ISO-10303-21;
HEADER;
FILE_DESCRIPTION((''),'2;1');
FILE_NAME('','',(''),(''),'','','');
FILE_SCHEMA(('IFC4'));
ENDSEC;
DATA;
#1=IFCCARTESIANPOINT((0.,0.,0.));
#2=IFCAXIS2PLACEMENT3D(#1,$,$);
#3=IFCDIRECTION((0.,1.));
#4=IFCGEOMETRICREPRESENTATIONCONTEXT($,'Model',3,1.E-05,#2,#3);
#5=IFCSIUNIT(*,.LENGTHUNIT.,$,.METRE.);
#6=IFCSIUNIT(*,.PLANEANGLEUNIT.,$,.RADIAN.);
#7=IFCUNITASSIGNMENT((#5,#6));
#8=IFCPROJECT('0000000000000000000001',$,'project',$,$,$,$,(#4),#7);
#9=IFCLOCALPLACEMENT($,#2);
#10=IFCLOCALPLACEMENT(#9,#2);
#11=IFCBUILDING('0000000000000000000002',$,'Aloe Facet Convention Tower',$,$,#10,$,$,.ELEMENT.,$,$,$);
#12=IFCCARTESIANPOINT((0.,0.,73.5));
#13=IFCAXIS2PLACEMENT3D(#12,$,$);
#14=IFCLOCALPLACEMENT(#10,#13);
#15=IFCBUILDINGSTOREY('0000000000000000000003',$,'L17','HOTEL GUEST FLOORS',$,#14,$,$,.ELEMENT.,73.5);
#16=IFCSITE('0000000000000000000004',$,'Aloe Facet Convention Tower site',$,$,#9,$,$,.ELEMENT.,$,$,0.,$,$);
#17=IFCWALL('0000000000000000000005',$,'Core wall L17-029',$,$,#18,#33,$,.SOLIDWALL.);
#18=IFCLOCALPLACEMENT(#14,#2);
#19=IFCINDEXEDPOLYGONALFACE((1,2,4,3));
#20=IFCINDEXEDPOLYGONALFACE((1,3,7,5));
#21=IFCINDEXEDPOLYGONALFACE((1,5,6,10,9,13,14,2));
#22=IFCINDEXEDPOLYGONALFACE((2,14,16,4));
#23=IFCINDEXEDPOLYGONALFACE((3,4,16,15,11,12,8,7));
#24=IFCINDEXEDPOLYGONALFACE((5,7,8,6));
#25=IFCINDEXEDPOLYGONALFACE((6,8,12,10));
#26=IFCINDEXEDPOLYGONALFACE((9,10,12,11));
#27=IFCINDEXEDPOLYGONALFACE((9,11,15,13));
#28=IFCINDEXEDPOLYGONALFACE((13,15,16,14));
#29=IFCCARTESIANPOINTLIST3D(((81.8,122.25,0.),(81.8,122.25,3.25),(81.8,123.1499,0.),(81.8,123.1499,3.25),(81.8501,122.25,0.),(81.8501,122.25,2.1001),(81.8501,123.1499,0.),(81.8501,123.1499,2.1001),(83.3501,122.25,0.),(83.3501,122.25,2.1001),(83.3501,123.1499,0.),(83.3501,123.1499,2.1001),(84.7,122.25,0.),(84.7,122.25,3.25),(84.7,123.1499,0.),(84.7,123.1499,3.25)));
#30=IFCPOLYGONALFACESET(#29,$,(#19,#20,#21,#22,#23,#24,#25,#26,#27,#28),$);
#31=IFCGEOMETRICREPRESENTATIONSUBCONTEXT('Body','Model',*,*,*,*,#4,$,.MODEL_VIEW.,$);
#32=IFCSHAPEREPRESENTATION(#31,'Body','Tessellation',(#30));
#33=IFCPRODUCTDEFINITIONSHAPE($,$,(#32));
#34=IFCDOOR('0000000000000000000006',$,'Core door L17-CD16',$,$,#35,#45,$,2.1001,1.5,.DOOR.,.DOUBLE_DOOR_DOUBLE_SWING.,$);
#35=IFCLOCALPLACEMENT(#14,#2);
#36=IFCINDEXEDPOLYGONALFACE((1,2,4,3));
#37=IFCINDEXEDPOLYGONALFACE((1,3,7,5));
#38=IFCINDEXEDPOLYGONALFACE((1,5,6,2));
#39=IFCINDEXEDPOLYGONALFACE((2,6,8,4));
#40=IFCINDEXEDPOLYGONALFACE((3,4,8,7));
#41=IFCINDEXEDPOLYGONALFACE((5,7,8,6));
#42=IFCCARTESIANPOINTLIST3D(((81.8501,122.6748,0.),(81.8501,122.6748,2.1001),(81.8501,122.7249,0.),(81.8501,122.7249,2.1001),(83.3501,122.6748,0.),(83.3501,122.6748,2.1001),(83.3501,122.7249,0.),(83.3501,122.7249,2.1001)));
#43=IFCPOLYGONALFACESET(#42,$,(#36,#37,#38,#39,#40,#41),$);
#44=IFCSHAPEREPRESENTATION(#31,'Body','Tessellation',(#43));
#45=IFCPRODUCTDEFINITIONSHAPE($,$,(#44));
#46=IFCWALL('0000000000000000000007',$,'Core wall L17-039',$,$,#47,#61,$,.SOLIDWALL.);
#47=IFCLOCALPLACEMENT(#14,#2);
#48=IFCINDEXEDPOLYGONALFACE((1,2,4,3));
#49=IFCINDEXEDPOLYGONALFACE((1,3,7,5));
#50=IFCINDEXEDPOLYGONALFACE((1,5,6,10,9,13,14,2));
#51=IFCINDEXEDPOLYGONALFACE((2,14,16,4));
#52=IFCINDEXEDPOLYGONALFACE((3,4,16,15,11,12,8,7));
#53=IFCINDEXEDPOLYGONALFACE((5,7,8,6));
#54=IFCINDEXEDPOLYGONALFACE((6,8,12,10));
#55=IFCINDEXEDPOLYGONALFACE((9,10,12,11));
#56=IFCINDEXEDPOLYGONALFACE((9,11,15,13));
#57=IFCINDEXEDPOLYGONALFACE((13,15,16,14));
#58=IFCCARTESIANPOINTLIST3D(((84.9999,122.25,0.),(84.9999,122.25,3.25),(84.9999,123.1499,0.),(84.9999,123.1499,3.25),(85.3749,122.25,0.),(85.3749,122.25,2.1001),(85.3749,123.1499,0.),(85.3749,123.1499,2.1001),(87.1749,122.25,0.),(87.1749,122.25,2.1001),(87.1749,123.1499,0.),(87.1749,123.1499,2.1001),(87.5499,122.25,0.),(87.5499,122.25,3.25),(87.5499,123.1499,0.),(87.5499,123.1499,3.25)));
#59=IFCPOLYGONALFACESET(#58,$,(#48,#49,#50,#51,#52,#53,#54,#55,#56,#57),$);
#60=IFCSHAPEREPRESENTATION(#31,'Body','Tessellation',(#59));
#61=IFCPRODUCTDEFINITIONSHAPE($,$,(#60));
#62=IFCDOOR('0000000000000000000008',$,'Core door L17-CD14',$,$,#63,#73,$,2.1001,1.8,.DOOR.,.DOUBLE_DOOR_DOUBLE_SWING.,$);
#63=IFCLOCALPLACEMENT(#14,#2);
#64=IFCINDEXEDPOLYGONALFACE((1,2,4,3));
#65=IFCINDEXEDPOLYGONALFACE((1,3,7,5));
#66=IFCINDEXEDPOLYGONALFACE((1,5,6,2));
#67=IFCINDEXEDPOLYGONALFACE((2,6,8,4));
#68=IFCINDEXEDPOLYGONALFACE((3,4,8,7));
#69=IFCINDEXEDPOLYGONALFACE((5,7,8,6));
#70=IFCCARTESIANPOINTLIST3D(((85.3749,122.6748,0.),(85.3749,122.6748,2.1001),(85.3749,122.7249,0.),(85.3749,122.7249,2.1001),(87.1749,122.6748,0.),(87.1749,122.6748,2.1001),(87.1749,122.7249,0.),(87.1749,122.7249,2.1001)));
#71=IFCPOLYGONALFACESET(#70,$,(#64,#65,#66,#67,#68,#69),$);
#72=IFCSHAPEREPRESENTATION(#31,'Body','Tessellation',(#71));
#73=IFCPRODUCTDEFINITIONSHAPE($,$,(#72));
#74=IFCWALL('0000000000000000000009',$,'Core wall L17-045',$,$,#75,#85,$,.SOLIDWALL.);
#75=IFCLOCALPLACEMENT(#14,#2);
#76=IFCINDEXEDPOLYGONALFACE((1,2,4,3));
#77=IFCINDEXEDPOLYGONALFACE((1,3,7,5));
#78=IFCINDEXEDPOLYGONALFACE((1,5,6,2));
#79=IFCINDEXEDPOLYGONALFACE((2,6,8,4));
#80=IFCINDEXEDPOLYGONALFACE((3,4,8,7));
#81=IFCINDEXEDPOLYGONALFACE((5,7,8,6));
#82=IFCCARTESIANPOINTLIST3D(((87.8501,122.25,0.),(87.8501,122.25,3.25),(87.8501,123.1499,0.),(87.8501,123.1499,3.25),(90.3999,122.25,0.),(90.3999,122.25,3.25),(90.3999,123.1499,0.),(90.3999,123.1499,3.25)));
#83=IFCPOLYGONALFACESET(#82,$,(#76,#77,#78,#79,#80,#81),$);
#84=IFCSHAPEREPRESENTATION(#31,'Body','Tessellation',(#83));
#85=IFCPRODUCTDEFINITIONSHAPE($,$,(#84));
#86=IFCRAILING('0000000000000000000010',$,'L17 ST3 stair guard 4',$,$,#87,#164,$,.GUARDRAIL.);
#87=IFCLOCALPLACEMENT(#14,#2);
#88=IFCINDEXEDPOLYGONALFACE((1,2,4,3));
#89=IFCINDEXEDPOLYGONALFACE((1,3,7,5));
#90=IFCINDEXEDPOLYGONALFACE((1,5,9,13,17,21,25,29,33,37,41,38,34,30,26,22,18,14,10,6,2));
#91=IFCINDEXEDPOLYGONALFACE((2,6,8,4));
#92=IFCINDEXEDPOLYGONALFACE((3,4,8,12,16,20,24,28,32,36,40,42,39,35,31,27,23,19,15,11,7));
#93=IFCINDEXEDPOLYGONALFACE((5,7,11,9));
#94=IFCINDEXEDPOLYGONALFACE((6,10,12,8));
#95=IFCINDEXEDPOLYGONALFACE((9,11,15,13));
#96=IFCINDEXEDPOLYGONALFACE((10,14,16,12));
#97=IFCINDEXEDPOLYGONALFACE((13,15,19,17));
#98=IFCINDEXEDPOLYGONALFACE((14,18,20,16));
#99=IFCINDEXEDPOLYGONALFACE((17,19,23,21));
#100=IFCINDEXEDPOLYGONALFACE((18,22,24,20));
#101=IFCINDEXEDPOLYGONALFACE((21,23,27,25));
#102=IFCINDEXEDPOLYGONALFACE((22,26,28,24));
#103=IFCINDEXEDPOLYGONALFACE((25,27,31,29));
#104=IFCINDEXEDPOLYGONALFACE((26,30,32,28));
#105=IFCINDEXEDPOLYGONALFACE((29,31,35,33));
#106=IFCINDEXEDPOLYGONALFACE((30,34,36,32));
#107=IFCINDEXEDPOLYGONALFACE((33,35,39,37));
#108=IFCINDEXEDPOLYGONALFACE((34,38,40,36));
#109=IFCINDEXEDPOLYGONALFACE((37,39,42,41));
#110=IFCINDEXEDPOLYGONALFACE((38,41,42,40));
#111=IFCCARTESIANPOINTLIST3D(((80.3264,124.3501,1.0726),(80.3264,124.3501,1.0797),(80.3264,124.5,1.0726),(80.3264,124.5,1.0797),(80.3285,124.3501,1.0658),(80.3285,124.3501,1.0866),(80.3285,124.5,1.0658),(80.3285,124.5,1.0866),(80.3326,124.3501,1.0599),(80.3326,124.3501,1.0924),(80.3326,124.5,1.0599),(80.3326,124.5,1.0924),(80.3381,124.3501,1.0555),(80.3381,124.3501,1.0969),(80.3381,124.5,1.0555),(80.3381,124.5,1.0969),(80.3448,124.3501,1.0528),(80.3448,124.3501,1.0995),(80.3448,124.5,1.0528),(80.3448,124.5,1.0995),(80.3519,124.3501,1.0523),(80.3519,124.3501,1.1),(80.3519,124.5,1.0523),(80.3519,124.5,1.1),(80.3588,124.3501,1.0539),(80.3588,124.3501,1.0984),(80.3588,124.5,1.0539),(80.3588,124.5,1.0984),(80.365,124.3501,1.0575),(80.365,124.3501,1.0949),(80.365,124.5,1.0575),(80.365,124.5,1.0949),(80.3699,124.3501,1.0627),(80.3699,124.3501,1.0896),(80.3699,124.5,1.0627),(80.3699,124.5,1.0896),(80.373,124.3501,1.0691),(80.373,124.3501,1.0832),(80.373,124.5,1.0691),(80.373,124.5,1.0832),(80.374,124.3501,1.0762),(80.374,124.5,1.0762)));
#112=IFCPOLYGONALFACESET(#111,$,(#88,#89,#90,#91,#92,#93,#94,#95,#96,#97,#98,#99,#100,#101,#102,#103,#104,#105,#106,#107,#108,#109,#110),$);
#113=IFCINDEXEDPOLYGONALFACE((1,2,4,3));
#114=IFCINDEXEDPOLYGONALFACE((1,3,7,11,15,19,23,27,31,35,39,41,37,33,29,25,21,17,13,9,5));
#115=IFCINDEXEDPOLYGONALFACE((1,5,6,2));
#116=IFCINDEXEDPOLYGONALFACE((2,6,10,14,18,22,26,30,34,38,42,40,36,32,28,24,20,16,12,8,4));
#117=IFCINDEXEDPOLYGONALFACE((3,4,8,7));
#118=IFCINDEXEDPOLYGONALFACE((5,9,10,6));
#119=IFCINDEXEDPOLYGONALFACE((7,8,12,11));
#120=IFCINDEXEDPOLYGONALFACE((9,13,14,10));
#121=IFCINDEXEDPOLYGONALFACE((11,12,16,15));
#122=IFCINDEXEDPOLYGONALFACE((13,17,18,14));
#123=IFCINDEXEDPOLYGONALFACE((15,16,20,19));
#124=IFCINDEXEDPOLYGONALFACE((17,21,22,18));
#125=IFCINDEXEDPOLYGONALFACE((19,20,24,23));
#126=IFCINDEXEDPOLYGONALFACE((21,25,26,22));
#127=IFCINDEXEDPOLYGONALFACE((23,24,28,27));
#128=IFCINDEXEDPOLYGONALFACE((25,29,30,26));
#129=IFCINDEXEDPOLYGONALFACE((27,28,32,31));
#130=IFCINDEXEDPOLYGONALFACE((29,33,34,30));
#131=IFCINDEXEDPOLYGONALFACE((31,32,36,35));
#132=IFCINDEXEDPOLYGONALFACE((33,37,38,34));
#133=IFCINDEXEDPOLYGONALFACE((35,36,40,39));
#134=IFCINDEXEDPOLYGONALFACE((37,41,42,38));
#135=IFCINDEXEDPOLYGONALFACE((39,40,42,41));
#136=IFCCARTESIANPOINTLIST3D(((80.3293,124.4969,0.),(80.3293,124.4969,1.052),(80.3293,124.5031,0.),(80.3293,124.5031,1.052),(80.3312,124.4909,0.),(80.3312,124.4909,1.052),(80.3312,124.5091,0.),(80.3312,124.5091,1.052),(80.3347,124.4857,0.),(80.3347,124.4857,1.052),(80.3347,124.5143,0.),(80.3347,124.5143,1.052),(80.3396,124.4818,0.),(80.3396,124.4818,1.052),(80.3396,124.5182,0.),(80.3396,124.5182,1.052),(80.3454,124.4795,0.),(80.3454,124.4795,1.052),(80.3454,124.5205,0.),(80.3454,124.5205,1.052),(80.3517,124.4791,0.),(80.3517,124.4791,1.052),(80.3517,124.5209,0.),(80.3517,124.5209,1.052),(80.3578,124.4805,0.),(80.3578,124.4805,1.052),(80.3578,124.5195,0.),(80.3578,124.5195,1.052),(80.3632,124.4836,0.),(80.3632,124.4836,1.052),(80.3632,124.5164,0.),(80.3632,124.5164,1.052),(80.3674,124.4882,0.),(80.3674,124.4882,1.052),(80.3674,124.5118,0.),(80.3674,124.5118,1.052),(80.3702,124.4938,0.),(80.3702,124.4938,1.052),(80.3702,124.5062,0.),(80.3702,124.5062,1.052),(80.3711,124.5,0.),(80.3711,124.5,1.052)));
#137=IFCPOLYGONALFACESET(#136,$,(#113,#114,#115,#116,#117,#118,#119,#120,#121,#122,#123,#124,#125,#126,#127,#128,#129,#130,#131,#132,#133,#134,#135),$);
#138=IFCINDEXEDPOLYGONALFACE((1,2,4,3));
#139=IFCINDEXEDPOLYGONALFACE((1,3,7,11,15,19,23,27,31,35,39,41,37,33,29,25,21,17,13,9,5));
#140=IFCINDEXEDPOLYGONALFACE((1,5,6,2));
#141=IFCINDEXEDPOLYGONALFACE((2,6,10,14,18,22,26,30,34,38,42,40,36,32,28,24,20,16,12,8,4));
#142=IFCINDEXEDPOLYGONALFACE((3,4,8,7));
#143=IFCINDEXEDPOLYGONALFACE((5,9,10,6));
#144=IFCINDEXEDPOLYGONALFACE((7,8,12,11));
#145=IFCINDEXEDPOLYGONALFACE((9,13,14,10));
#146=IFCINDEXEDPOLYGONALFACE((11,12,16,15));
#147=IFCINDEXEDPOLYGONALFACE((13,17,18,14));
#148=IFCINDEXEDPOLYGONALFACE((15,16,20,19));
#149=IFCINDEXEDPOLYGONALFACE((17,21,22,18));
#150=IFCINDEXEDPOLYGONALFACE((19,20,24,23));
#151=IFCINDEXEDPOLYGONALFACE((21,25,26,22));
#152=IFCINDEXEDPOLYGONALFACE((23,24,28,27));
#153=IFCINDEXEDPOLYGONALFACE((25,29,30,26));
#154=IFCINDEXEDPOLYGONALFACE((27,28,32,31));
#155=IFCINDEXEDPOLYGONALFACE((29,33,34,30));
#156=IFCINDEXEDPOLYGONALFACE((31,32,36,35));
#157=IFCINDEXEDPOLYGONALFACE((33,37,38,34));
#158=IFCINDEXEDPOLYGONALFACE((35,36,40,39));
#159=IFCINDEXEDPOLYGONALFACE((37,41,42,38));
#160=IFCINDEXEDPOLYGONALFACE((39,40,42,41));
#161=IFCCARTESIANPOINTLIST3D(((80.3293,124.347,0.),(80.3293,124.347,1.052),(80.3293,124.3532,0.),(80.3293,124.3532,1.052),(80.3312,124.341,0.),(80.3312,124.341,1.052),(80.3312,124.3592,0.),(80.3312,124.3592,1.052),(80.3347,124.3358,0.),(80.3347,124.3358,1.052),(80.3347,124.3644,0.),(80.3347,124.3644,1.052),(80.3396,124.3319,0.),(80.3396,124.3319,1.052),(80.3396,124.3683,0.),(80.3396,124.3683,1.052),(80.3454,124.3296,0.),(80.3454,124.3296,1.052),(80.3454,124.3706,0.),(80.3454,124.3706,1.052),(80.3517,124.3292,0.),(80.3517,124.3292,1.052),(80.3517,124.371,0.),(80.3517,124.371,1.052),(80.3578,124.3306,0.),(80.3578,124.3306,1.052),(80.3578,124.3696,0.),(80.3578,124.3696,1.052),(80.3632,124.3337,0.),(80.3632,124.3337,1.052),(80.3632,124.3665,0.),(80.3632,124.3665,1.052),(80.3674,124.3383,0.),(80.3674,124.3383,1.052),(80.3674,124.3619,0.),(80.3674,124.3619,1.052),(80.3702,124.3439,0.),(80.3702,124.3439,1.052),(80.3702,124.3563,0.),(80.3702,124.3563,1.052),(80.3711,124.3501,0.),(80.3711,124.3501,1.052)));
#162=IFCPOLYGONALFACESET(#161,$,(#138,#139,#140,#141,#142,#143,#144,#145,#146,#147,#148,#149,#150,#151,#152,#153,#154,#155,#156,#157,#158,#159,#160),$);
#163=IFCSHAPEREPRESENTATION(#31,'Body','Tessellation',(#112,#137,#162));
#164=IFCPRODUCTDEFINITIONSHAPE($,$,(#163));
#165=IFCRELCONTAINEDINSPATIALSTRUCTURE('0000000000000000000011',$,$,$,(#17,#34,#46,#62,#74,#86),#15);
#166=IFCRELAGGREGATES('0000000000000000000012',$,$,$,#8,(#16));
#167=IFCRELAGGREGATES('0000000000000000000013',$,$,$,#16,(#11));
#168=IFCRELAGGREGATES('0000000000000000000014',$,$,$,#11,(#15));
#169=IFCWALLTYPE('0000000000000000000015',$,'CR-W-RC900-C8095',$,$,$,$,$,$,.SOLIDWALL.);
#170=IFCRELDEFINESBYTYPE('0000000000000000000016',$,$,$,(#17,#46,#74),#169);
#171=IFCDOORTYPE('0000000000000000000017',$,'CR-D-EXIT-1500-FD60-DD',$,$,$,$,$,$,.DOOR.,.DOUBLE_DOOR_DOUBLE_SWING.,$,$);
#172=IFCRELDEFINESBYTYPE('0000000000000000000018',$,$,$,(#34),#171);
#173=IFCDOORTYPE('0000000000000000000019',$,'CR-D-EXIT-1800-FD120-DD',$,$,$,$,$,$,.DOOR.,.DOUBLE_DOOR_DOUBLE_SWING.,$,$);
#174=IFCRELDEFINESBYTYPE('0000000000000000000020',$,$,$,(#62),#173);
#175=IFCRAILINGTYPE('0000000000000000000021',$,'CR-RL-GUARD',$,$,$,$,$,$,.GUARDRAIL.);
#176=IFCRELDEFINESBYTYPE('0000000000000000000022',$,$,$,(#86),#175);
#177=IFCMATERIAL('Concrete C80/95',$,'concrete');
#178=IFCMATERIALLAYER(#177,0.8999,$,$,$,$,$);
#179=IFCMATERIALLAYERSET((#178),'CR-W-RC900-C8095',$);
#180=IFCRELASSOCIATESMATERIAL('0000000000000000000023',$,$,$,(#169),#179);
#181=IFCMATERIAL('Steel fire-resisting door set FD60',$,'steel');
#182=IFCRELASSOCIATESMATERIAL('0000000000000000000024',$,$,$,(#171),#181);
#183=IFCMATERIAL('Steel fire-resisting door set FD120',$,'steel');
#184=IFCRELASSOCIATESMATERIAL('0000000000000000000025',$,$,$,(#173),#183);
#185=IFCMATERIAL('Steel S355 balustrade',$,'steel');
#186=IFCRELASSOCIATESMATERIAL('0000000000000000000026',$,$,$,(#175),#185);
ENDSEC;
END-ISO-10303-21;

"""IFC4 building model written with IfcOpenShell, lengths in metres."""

from ifc_helpers import new_model, si_unit, direction, frame, frame_2d, origin, origin_2d, place, context, subcontext, project, spatial, rectangle, circle, extrude, material, layer, layer_set, type_object, element, fill, save


model = new_model("IFC4")

# Units and contexts
model_context = context("Model", 3, precision=1e-05, world=origin(), true_north=direction((0.0, 1.0)))
body_context = subcontext(model_context, "Body", "Model", "MODEL_VIEW")
ifc_project = project(units=[si_unit("LENGTHUNIT", "METRE"), si_unit("PLANEANGLEUNIT", "RADIAN")], contexts=[model_context])

# Site, building, storey
site_placement = place(None, origin())
site = spatial("IfcSite", under=ifc_project, at=site_placement, Name="Aloe Facet Convention Tower site", CompositionType="ELEMENT", RefElevation=0.0)
building_placement = place(site_placement, origin())
building = spatial("IfcBuilding", under=site, at=building_placement, Name="Aloe Facet Convention Tower", CompositionType="ELEMENT")
storey_placement = place(building_placement, frame((0.0, 0.0, 73.5)))
storey = spatial("IfcBuildingStorey", under=building, at=storey_placement, Name="L17", Description="HOTEL GUEST FLOORS", CompositionType="ELEMENT", Elevation=73.5)

# Walls, openings, doors
ifc_material_1 = material(Name="Concrete C80/95", Category="concrete")
ifc_layer_1 = layer(ifc_material_1, 0.8999)
ifc_layer_set_1 = layer_set([ifc_layer_1], Name="CR-W-RC900-C8095")
wall_type_1 = type_object("IfcWallType", Name="CR-W-RC900-C8095", PredefinedType="SOLIDWALL", material=ifc_layer_set_1)
wall_1_placement = place(storey_placement, frame((81.8, 122.7, 0.0), z_axis=(0.0, 0.0, 1.0), x_axis=(1.0, 0.0, 0.0)))
wall_1 = element("IfcWall", 1, at=wall_1_placement, inside=storey, type_object=wall_type_1, Name="Core wall L17-029", PredefinedType="SOLIDWALL", context=body_context, shape_type="SweptSolid", body=[
    extrude(rectangle(XDim=2.8999, YDim=0.8999, at=frame_2d((1.45, 0.0))), origin(), (0.0, 0.0, 1.0), 3.25),
])
opening_1_placement = place(wall_1_placement, frame((0.05, 0.0, 0.0)))
opening_1 = element("IfcOpeningElement", 2, at=opening_1_placement, cuts=wall_1, PredefinedType="OPENING", context=body_context, shape_type="SweptSolid", body=[
    extrude(rectangle(XDim=1.5, YDim=2.1001, at=frame_2d((0.75, 1.05))), frame((0.0, 0.46, 0.0), z_axis=(0.0, -1.0, 0.0), x_axis=(1.0, 0.0, 0.0)), (0.0, 0.0, 1.0), 0.9199),
])
ifc_material_2 = material(Name="Steel fire-resisting door set FD60", Category="steel")
door_type_1 = type_object("IfcDoorType", Name="CR-D-EXIT-1500-FD60-DD", OperationType="DOUBLE_DOOR_DOUBLE_SWING", PredefinedType="DOOR", material=ifc_material_2)
door_1_placement = place(opening_1_placement, origin())
door_1 = element("IfcDoor", 3, at=door_1_placement, inside=storey, type_object=door_type_1, Name="Core door L17-CD16", OperationType="DOUBLE_DOOR_DOUBLE_SWING", OverallHeight=2.1001, OverallWidth=1.5, PredefinedType="DOOR", context=body_context, shape_type="SweptSolid", body=[
    extrude(rectangle(XDim=1.5, YDim=2.1001, at=frame_2d((0.75, 1.05))), frame((0.0, 0.0249, 0.0), z_axis=(0.0, -1.0, 0.0), x_axis=(1.0, 0.0, 0.0)), (0.0, 0.0, 1.0), 0.05),
])
fill(opening_1, door_1)
wall_2_placement = place(storey_placement, frame((85.0, 122.7, 0.0), z_axis=(0.0, 0.0, 1.0), x_axis=(1.0, 0.0, 0.0)))
wall_2 = element("IfcWall", 4, at=wall_2_placement, inside=storey, type_object=wall_type_1, Name="Core wall L17-039", PredefinedType="SOLIDWALL", context=body_context, shape_type="SweptSolid", body=[
    extrude(rectangle(XDim=2.55, YDim=0.8999, at=frame_2d((1.2749, 0.0))), origin(), (0.0, 0.0, 1.0), 3.25),
])
opening_2_placement = place(wall_2_placement, frame((0.375, 0.0, 0.0)))
opening_2 = element("IfcOpeningElement", 5, at=opening_2_placement, cuts=wall_2, PredefinedType="OPENING", context=body_context, shape_type="SweptSolid", body=[
    extrude(rectangle(XDim=1.8, YDim=2.1001, at=frame_2d((0.8999, 1.05))), frame((0.0, 0.46, 0.0), z_axis=(0.0, -1.0, 0.0), x_axis=(1.0, 0.0, 0.0)), (0.0, 0.0, 1.0), 0.9199),
])
ifc_material_3 = material(Name="Steel fire-resisting door set FD120", Category="steel")
door_type_2 = type_object("IfcDoorType", Name="CR-D-EXIT-1800-FD120-DD", OperationType="DOUBLE_DOOR_DOUBLE_SWING", PredefinedType="DOOR", material=ifc_material_3)
door_2_placement = place(opening_2_placement, origin())
door_2 = element("IfcDoor", 6, at=door_2_placement, inside=storey, type_object=door_type_2, Name="Core door L17-CD14", OperationType="DOUBLE_DOOR_DOUBLE_SWING", OverallHeight=2.1001, OverallWidth=1.8, PredefinedType="DOOR", context=body_context, shape_type="SweptSolid", body=[
    extrude(rectangle(XDim=1.8, YDim=2.1001, at=frame_2d((0.8999, 1.05))), frame((0.0, 0.0249, 0.0), z_axis=(0.0, -1.0, 0.0), x_axis=(1.0, 0.0, 0.0)), (0.0, 0.0, 1.0), 0.05),
])
fill(opening_2, door_2)

# Wall
wall_3_placement = place(storey_placement, frame((87.8501, 122.7, 0.0), z_axis=(0.0, 0.0, 1.0), x_axis=(1.0, 0.0, 0.0)))
element("IfcWall", 7, at=wall_3_placement, inside=storey, type_object=wall_type_1, Name="Core wall L17-045", PredefinedType="SOLIDWALL", context=body_context, shape_type="SweptSolid", body=[
    extrude(rectangle(XDim=2.5498, YDim=0.8999, at=frame_2d((1.2749, 0.0))), origin(), (0.0, 0.0, 1.0), 3.25),
])

# Railing
ifc_material_4 = material(Name="Steel S355 balustrade", Category="steel")
railing_type_1 = type_object("IfcRailingType", Name="CR-RL-GUARD", PredefinedType="GUARDRAIL", material=ifc_material_4)
railing_1_placement = place(storey_placement, frame((80.3501, 124.5, 0.0)))
element("IfcRailing", 8, at=railing_1_placement, inside=storey, type_object=railing_type_1, Name="L17 ST3 stair guard 4", PredefinedType="GUARDRAIL", context=body_context, shape_type="SweptSolid", body=[
    extrude(circle(Radius=0.0239, at=origin_2d()), frame((0.0, 0.0, 1.0762), z_axis=(0.0, -1.0, 0.0), x_axis=(1.0, 0.0, 0.0)), (0.0, 0.0, 1.0), 0.1499),
    extrude(circle(Radius=0.021, at=origin_2d()), origin(), (0.0, 0.0, 1.0), 1.052),
    extrude(circle(Radius=0.021, at=origin_2d()), frame((0.0, -0.1499, 0.0)), (0.0, 0.0, 1.0), 1.052),
])

save(model, "model.ifc")
